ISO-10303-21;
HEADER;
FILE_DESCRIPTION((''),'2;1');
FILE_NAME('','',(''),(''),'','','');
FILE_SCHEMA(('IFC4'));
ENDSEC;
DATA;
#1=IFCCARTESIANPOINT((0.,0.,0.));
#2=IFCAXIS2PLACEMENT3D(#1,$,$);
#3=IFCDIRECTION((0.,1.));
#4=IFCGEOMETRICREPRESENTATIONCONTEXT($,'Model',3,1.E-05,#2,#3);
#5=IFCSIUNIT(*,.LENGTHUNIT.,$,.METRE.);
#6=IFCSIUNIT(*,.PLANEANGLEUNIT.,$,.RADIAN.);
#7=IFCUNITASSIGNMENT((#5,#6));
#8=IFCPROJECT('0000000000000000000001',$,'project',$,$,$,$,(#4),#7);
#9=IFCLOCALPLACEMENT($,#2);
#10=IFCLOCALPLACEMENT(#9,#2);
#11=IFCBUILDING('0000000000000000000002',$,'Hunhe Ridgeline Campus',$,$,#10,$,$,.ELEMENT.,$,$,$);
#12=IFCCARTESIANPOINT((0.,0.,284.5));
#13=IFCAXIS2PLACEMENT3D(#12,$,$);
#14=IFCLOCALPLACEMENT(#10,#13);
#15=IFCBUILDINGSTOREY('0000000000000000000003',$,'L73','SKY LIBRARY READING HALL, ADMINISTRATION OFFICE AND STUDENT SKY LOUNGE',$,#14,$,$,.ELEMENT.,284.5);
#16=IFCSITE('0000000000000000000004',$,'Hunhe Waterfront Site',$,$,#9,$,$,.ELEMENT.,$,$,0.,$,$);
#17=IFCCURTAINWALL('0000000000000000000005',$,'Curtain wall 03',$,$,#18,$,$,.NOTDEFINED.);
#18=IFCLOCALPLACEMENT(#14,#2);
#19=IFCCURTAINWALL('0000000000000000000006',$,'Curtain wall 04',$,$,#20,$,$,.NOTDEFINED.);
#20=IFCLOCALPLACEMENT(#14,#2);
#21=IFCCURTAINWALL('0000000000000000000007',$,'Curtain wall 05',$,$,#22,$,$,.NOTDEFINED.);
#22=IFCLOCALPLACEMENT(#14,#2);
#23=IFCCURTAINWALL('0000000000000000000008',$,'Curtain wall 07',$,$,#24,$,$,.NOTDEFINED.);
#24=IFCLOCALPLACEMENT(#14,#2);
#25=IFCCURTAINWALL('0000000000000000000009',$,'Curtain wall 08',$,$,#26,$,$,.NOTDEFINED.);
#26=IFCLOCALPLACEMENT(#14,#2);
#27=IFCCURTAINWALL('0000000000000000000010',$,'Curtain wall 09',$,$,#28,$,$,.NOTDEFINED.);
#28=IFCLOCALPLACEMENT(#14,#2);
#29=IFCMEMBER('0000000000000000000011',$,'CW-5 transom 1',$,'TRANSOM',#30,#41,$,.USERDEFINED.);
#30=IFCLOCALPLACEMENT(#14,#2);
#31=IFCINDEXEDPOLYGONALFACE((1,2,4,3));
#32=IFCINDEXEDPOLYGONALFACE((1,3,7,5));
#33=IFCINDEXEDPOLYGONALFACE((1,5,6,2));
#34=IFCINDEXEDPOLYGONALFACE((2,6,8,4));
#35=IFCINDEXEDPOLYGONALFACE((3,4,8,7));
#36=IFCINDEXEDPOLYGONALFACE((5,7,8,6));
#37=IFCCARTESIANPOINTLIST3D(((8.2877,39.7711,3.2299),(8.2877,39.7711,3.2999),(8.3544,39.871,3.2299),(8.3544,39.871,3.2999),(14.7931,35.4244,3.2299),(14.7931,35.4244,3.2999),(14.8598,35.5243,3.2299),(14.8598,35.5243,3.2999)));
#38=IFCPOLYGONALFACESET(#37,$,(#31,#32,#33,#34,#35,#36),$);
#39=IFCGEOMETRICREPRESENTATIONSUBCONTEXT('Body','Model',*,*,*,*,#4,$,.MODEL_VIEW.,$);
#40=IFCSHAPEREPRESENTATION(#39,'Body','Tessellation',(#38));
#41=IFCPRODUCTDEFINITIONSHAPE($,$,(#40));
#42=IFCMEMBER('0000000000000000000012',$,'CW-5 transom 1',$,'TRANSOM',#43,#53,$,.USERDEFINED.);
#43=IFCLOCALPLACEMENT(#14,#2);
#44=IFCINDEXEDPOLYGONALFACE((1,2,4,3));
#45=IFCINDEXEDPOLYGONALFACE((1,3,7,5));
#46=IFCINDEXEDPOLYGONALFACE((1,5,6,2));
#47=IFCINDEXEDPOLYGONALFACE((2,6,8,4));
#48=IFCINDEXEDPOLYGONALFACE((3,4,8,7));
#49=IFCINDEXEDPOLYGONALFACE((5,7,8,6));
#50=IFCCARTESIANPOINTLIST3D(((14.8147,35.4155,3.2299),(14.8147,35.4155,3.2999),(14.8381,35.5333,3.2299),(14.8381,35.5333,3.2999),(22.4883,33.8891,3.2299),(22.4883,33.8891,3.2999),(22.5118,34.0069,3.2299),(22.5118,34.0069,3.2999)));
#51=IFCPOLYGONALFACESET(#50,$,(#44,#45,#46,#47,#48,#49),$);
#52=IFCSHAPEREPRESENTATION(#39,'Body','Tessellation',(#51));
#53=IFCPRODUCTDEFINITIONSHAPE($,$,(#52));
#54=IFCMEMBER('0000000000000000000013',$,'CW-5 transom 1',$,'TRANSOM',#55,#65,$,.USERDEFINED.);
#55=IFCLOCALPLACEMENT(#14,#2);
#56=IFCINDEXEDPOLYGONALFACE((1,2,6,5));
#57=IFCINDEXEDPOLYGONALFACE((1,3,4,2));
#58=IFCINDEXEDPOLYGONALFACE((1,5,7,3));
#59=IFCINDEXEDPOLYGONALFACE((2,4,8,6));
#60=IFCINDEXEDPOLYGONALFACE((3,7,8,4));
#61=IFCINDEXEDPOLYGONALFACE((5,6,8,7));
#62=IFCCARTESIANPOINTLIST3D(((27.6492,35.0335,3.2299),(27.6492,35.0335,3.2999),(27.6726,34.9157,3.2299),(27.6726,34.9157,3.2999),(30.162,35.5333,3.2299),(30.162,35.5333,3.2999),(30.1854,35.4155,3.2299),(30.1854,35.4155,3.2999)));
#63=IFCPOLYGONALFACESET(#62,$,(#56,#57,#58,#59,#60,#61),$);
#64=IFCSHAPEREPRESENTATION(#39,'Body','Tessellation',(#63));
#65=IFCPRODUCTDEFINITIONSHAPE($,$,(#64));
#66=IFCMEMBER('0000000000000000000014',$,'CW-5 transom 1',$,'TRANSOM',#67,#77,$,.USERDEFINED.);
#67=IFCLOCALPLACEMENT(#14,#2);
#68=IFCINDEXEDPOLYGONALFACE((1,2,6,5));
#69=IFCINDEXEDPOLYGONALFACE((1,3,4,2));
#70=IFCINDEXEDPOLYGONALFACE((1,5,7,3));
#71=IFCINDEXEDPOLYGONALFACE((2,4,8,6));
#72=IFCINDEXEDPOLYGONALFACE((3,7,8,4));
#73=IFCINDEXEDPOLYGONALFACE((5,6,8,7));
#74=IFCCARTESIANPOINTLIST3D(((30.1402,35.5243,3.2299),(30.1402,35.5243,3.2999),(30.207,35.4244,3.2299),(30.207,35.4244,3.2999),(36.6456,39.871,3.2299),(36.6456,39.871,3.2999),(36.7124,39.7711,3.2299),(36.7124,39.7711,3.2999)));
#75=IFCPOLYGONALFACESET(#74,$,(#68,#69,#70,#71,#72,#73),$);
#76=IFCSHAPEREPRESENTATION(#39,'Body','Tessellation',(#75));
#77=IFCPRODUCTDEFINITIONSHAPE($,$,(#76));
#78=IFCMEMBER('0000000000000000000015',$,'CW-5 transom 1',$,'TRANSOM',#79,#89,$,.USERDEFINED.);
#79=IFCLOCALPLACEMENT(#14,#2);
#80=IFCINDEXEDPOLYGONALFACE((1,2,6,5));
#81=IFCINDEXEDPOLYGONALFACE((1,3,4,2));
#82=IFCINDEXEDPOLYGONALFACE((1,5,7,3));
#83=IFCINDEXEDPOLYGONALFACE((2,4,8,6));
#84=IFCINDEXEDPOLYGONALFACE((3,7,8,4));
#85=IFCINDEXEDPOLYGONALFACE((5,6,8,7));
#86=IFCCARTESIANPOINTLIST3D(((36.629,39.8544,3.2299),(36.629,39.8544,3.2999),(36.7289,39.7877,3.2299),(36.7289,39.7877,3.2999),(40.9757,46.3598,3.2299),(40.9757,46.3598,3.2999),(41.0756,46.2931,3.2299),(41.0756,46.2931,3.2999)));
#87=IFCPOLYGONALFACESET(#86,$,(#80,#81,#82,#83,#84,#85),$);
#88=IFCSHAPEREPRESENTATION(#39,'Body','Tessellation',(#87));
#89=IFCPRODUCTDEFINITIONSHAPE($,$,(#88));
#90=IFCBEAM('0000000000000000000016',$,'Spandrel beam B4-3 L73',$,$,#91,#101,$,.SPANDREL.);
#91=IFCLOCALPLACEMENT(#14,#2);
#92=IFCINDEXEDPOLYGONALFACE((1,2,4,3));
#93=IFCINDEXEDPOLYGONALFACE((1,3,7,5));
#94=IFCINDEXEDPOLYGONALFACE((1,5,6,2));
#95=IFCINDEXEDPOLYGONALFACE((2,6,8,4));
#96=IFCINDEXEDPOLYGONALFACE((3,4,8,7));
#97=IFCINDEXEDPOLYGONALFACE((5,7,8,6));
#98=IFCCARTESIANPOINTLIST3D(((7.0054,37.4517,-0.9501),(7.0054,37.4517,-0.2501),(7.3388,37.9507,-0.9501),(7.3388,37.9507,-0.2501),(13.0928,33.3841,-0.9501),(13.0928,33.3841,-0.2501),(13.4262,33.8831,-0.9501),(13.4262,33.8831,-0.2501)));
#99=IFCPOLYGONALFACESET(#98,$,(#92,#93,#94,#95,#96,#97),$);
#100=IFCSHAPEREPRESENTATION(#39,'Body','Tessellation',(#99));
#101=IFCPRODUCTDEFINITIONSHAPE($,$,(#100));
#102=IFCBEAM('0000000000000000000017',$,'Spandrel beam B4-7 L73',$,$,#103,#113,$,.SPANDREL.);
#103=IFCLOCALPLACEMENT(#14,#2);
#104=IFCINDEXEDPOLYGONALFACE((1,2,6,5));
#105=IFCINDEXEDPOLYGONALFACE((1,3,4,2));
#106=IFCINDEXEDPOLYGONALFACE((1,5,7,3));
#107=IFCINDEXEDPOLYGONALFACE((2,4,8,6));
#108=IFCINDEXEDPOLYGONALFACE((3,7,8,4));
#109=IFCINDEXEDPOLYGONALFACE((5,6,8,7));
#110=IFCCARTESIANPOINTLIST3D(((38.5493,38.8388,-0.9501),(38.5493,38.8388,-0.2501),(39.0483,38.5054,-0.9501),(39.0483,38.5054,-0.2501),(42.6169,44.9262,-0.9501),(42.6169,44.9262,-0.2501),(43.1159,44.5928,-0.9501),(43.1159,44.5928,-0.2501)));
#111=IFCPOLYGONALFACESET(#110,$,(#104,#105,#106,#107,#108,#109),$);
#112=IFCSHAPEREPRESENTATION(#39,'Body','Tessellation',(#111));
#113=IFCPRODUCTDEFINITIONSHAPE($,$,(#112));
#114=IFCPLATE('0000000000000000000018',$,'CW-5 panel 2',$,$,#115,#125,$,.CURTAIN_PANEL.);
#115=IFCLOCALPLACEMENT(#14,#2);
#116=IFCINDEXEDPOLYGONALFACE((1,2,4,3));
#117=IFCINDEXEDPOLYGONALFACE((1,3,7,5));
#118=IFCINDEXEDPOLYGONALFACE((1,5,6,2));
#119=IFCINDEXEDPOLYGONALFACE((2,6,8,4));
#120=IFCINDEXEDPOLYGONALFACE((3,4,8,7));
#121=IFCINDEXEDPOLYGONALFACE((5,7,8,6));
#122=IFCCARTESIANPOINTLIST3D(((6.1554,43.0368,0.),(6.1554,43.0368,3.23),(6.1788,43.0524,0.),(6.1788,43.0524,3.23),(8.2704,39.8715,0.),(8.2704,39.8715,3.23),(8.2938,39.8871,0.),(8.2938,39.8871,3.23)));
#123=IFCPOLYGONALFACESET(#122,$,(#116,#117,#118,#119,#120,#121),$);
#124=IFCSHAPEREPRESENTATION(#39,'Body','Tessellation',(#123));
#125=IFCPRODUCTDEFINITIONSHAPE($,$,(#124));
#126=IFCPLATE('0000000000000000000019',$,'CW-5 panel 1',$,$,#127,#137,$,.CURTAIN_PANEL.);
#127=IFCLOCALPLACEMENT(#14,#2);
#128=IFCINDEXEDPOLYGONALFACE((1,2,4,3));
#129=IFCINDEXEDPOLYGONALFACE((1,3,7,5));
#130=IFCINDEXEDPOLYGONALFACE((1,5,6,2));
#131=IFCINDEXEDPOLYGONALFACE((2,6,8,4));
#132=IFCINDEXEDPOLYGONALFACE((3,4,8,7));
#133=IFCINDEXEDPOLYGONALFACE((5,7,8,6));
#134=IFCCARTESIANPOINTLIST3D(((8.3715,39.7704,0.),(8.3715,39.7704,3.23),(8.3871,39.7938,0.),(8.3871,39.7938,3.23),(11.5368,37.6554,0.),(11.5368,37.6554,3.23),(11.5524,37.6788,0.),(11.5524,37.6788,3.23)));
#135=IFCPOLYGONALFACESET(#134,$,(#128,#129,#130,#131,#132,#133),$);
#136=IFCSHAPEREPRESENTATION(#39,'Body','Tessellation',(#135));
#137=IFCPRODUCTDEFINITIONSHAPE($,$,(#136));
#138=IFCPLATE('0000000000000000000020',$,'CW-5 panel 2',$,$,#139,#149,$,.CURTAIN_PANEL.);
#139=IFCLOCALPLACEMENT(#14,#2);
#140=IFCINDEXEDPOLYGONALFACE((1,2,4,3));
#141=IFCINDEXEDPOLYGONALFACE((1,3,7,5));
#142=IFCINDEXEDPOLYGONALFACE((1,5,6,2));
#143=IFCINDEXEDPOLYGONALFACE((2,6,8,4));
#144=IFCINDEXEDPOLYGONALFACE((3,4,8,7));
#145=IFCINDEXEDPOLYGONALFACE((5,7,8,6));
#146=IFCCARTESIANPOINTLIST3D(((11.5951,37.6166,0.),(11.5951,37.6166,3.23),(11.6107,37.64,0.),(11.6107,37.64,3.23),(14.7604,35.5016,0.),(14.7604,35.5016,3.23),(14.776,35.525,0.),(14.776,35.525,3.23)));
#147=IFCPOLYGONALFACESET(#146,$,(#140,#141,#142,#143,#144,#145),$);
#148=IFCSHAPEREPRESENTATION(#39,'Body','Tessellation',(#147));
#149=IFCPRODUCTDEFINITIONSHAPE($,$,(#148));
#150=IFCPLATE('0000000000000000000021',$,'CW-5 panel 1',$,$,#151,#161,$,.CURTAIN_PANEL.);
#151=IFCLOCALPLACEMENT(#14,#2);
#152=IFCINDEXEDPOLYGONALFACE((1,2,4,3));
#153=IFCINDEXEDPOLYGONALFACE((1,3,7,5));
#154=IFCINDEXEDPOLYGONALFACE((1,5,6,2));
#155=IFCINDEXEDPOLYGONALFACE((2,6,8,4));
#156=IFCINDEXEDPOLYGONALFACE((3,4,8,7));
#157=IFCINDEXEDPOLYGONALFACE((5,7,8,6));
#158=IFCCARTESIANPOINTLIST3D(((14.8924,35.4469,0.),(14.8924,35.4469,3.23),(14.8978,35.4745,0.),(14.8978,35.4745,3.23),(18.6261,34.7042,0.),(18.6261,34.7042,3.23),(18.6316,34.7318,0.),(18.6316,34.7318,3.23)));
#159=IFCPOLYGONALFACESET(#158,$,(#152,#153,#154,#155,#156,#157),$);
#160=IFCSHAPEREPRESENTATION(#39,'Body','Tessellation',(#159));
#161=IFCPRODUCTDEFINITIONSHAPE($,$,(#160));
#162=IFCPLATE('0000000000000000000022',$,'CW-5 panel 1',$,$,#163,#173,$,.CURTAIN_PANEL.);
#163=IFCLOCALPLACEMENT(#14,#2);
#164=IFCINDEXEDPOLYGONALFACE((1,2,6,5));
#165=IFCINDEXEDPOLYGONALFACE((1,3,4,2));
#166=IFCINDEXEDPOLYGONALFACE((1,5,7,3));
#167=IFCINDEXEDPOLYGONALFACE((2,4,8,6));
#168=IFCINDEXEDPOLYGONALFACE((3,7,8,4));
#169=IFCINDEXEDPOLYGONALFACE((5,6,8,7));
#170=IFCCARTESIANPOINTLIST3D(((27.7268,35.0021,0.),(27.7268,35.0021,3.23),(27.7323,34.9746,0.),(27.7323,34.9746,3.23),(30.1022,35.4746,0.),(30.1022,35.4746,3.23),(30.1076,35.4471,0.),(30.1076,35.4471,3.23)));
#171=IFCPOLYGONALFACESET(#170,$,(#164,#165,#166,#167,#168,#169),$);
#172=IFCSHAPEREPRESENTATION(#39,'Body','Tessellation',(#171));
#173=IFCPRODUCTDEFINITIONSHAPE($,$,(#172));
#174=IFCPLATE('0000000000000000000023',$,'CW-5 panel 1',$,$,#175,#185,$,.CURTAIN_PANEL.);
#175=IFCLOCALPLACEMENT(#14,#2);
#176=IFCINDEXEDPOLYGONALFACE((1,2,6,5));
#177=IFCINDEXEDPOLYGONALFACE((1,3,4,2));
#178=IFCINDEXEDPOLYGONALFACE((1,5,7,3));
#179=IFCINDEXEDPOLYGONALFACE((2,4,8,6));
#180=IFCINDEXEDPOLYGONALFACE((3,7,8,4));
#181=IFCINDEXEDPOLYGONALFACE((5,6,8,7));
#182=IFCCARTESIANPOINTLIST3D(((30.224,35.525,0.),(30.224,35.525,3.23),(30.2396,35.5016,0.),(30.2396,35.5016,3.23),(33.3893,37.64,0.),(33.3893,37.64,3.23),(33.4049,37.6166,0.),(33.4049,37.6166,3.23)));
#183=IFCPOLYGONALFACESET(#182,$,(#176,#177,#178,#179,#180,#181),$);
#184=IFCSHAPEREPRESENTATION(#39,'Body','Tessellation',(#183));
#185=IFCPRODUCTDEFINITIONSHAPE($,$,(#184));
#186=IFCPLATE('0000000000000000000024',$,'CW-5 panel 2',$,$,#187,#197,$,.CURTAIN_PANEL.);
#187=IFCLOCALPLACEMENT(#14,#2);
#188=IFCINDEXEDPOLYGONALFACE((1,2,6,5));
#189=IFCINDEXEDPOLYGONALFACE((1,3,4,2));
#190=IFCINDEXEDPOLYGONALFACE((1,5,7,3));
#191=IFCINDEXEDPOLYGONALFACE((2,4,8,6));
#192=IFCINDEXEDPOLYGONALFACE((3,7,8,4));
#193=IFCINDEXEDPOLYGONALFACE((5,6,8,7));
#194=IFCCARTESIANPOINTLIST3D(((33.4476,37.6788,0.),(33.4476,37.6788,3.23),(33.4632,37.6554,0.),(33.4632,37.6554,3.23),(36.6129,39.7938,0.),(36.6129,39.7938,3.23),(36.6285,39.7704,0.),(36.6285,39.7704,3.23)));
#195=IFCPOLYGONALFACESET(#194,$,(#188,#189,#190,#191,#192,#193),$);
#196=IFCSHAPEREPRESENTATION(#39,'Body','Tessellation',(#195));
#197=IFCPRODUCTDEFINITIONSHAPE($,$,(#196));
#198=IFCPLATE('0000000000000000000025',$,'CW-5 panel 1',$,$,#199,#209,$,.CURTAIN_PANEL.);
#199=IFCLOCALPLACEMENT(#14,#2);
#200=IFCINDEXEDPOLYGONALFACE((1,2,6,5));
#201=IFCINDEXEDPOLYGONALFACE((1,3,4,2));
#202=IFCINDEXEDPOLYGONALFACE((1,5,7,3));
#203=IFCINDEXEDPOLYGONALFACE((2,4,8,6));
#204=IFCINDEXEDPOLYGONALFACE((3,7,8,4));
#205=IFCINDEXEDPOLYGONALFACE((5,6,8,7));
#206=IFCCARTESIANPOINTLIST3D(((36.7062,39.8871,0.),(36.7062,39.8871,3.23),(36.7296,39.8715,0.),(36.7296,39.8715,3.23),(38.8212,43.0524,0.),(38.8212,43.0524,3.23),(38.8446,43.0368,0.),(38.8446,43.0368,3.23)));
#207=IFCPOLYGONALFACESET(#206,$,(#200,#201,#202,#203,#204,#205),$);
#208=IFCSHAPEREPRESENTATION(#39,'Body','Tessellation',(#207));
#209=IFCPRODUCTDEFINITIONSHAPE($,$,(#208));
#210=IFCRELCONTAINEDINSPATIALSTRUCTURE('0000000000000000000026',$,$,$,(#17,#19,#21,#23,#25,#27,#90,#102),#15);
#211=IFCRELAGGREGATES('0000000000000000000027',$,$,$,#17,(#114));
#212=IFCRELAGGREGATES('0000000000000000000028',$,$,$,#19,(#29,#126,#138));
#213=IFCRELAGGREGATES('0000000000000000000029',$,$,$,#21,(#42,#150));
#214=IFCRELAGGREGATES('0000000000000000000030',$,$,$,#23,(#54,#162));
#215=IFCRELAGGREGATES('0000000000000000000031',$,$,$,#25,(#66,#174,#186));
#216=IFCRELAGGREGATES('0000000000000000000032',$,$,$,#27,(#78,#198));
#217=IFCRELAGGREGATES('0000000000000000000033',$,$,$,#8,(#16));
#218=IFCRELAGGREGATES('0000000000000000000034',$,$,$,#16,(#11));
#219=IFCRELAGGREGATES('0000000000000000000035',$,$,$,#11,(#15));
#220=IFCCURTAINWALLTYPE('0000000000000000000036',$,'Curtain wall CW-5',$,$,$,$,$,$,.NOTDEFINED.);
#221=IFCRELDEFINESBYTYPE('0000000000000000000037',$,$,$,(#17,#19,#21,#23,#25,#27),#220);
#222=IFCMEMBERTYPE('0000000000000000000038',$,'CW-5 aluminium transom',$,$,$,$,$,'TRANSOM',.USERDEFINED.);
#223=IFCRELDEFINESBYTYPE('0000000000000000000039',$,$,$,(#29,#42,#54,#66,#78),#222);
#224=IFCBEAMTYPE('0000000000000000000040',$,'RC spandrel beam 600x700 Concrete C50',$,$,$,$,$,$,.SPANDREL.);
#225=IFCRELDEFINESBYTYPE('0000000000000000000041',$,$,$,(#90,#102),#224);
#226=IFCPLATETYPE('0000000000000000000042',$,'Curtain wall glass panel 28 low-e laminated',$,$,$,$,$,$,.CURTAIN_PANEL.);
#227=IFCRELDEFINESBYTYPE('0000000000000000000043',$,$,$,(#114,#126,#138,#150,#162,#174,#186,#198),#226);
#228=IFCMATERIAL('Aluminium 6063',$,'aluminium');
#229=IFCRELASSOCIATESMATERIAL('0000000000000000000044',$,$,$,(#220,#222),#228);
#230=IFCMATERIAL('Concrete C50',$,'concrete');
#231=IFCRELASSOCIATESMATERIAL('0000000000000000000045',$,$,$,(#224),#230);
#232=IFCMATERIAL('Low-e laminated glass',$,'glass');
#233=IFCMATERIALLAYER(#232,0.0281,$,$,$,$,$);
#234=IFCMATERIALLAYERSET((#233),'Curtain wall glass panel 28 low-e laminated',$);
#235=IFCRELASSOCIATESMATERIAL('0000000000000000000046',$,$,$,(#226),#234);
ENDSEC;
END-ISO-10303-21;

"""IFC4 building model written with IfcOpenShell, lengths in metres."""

from ifc_helpers import new_model, si_unit, direction, frame, origin, origin_2d, place, context, subcontext, project, spatial, rectangle, extrude, material, layer, layer_set, material_profile, profile_set, type_object, element, aggregate, save


model = new_model("IFC4")

# Units and contexts
model_context = context("Model", 3, precision=1e-05, world=origin(), true_north=direction((0.0, 1.0)))
body_context = subcontext(model_context, "Body", "Model", "MODEL_VIEW")
ifc_project = project(units=[si_unit("LENGTHUNIT", "METRE"), si_unit("PLANEANGLEUNIT", "RADIAN")], contexts=[model_context])

# Site, building, storey
site_placement = place(None, origin())
site = spatial("IfcSite", under=ifc_project, at=site_placement, Name="Hunhe Waterfront Site", CompositionType="ELEMENT", RefElevation=0.0)
building_placement = place(site_placement, origin())
building = spatial("IfcBuilding", under=site, at=building_placement, Name="Hunhe Ridgeline Campus", CompositionType="ELEMENT")
storey_placement = place(building_placement, frame((0.0, 0.0, 284.5)))
storey = spatial("IfcBuildingStorey", under=building, at=storey_placement, Name="L73", Description="SKY LIBRARY READING HALL, ADMINISTRATION OFFICE AND STUDENT SKY LOUNGE", CompositionType="ELEMENT", Elevation=284.5)

# Shared definitions
ifc_material_1 = material(Name="Concrete C50", Category="concrete")

# Curtain walls
ifc_material_2 = material(Name="Aluminium 6063", Category="aluminium")
curtain_wall_type = type_object("IfcCurtainWallType", Name="Curtain wall CW-5", PredefinedType="NOTDEFINED", material=ifc_material_2)
curtain_wall_1_placement = place(storey_placement, origin())
curtain_wall_1 = element("IfcCurtainWall", 1, at=curtain_wall_1_placement, inside=storey, type_object=curtain_wall_type, Name="Curtain wall 03", PredefinedType="NOTDEFINED")
curtain_wall_2_placement = place(storey_placement, origin())
curtain_wall_2 = element("IfcCurtainWall", 2, at=curtain_wall_2_placement, inside=storey, type_object=curtain_wall_type, Name="Curtain wall 04", PredefinedType="NOTDEFINED")
curtain_wall_3_placement = place(storey_placement, origin())
curtain_wall_3 = element("IfcCurtainWall", 3, at=curtain_wall_3_placement, inside=storey, type_object=curtain_wall_type, Name="Curtain wall 05", PredefinedType="NOTDEFINED")
curtain_wall_4_placement = place(storey_placement, origin())
curtain_wall_4 = element("IfcCurtainWall", 4, at=curtain_wall_4_placement, inside=storey, type_object=curtain_wall_type, Name="Curtain wall 07", PredefinedType="NOTDEFINED")
curtain_wall_5_placement = place(storey_placement, origin())
curtain_wall_5 = element("IfcCurtainWall", 5, at=curtain_wall_5_placement, inside=storey, type_object=curtain_wall_type, Name="Curtain wall 08", PredefinedType="NOTDEFINED")

# Curtain wall
curtain_wall_6_placement = place(storey_placement, origin())
curtain_wall_6 = element("IfcCurtainWall", 6, at=curtain_wall_6_placement, inside=storey, type_object=curtain_wall_type, Name="Curtain wall 09", PredefinedType="NOTDEFINED")

# Members
ifc_material_profile_1 = material_profile(ifc_material_2, rectangle(XDim=0.1201, YDim=0.0701, at=origin_2d()))
ifc_profile_set_1 = profile_set([ifc_material_profile_1], Name="Aluminium 6063")
member_type_1 = type_object("IfcMemberType", Name="CW-5 aluminium transom", ElementType="TRANSOM", PredefinedType="USERDEFINED", material=ifc_profile_set_1)
member_1_placement = place(storey_placement, frame((8.321, 39.821, 3.2649), z_axis=(0.831474, -0.555564, 0.0), x_axis=(0.555564, 0.831474, 0.0)))
member_1 = element("IfcMember", 7, at=member_1_placement, type_object=member_type_1, Name="CW-5 transom 1", ObjectType="TRANSOM", PredefinedType="USERDEFINED", context=body_context, shape_type="SweptSolid", body=[
    extrude(rectangle(XDim=0.1201, YDim=0.0701, at=origin_2d()), origin(), (0.0, 0.0, 1.0), 7.824),
])
member_2_placement = place(storey_placement, frame((14.8264, 35.4744, 3.2649), z_axis=(0.980785, -0.19509, 0.0), x_axis=(0.19509, 0.980785, 0.0)))
member_2 = element("IfcMember", 8, at=member_2_placement, type_object=member_type_1, Name="CW-5 transom 1", ObjectType="TRANSOM", PredefinedType="USERDEFINED", context=body_context, shape_type="SweptSolid", body=[
    extrude(rectangle(XDim=0.1201, YDim=0.0701, at=origin_2d()), origin(), (0.0, 0.0, 1.0), 7.824),
])
member_3_placement = place(storey_placement, frame((27.6609, 34.9746, 3.2649), z_axis=(0.980789, 0.195071, 0.0), x_axis=(-0.195071, 0.980789, 0.0)))
member_3 = element("IfcMember", 9, at=member_3_placement, type_object=member_type_1, Name="CW-5 transom 1", ObjectType="TRANSOM", PredefinedType="USERDEFINED", context=body_context, shape_type="SweptSolid", body=[
    extrude(rectangle(XDim=0.1201, YDim=0.0701, at=origin_2d()), origin(), (0.0, 0.0, 1.0), 2.562),
])
member_4_placement = place(storey_placement, frame((30.1736, 35.4744, 3.2649), z_axis=(0.831474, 0.555564, 0.0), x_axis=(-0.555564, 0.831474, 0.0)))
member_4 = element("IfcMember", 10, at=member_4_placement, type_object=member_type_1, Name="CW-5 transom 1", ObjectType="TRANSOM", PredefinedType="USERDEFINED", context=body_context, shape_type="SweptSolid", body=[
    extrude(rectangle(XDim=0.1201, YDim=0.0701, at=origin_2d()), origin(), (0.0, 0.0, 1.0), 7.824),
])
member_5_placement = place(storey_placement, frame((36.679, 39.821, 3.2649), z_axis=(0.555564, 0.831474, 0.0), x_axis=(-0.831474, 0.555564, 0.0)))
member_5 = element("IfcMember", 11, at=member_5_placement, type_object=member_type_1, Name="CW-5 transom 1", ObjectType="TRANSOM", PredefinedType="USERDEFINED", context=body_context, shape_type="SweptSolid", body=[
    extrude(rectangle(XDim=0.1201, YDim=0.0701, at=origin_2d()), origin(), (0.0, 0.0, 1.0), 7.824),
])

# Beams
ifc_material_profile_2 = material_profile(ifc_material_1, rectangle(XDim=0.6001, YDim=0.7, at=origin_2d()))
ifc_profile_set_2 = profile_set([ifc_material_profile_2], Name="Concrete C50")
beam_type = type_object("IfcBeamType", Name="RC spandrel beam 600x700 Concrete C50", PredefinedType="SPANDREL", material=ifc_profile_set_2)
for number, where, z_axis, x_axis, name in (
    (12, (7.1721, 37.7012, -0.6001), (0.83146, -0.555585, 0.0), (0.555585, 0.83146, 0.0), "Spandrel beam B4-3 L73"),
    (13, (38.7988, 38.6721, -0.6001), (0.555585, 0.83146, 0.0), (-0.83146, 0.555585, 0.0), "Spandrel beam B4-7 L73"),
):
    element("IfcBeam", number, at=place(storey_placement, frame(where, z_axis=z_axis, x_axis=x_axis)), inside=storey, type_object=beam_type, Name=name, PredefinedType="SPANDREL", context=body_context, shape_type="SweptSolid", body=[
        extrude(rectangle(XDim=0.6001, YDim=0.7, at=origin_2d()), origin(), (0.0, 0.0, 1.0), 7.3213),
    ])

# Plates
ifc_material_3 = material(Name="Low-e laminated glass", Category="glass")
ifc_layer_1 = layer(ifc_material_3, 0.0281)
ifc_layer_set_1 = layer_set([ifc_layer_1], Name="Curtain wall glass panel 28 low-e laminated")
plate_type = type_object("IfcPlateType", Name="Curtain wall glass panel 28 low-e laminated", PredefinedType="CURTAIN_PANEL", material=ifc_layer_set_1)
plate_1_placement = place(storey_placement, frame((7.2246, 41.4619, 0.0), z_axis=(0.0, 0.0, 1.0), x_axis=(0.55557, -0.83147, 0.0)))
plate_1 = element("IfcPlate", 14, at=plate_1_placement, type_object=plate_type, Name="CW-5 panel 2", PredefinedType="CURTAIN_PANEL", context=body_context, shape_type="SweptSolid", body=[
    extrude(rectangle(XDim=3.8069, YDim=0.0281, at=origin_2d()), origin(), (0.0, 0.0, 1.0), 3.23),
])
aggregate(curtain_wall_1, [plate_1])
plate_2_placement = place(storey_placement, frame((9.9619, 38.7246, 0.0), z_axis=(0.0, 0.0, 1.0), x_axis=(0.83147, -0.55557, 0.0)))
plate_2 = element("IfcPlate", 15, at=plate_2_placement, type_object=plate_type, Name="CW-5 panel 1", PredefinedType="CURTAIN_PANEL", context=body_context, shape_type="SweptSolid", body=[
    extrude(rectangle(XDim=3.8069, YDim=0.0281, at=origin_2d()), origin(), (0.0, 0.0, 1.0), 3.23),
])
plate_3_placement = place(storey_placement, frame((13.1855, 36.5708, 0.0), z_axis=(0.0, 0.0, 1.0), x_axis=(0.83147, -0.55557, 0.0)))
plate_3 = element("IfcPlate", 16, at=plate_3_placement, type_object=plate_type, Name="CW-5 panel 2", PredefinedType="CURTAIN_PANEL", context=body_context, shape_type="SweptSolid", body=[
    extrude(rectangle(XDim=3.8069, YDim=0.0281, at=origin_2d()), origin(), (0.0, 0.0, 1.0), 3.23),
])
aggregate(curtain_wall_2, [member_1, plate_2, plate_3])
plate_4_placement = place(storey_placement, frame((16.762, 35.0894, 0.0), z_axis=(0.0, 0.0, 1.0), x_axis=(0.980785, -0.19509, 0.0)))
plate_4 = element("IfcPlate", 17, at=plate_4_placement, type_object=plate_type, Name="CW-5 panel 1", PredefinedType="CURTAIN_PANEL", context=body_context, shape_type="SweptSolid", body=[
    extrude(rectangle(XDim=3.8069, YDim=0.0281, at=origin_2d()), origin(), (0.0, 0.0, 1.0), 3.23),
])
aggregate(curtain_wall_3, [member_2, plate_4])
plate_5_placement = place(storey_placement, frame((28.9172, 35.2246, 0.0), z_axis=(0.0, 0.0, 1.0), x_axis=(0.980785, 0.195091, 0.0)))
plate_5 = element("IfcPlate", 18, at=plate_5_placement, type_object=plate_type, Name="CW-5 panel 1", PredefinedType="CURTAIN_PANEL", context=body_context, shape_type="SweptSolid", body=[
    extrude(rectangle(XDim=2.4219, YDim=0.0281, at=origin_2d()), origin(), (0.0, 0.0, 1.0), 3.23),
])
aggregate(curtain_wall_4, [member_3, plate_5])
plate_6_placement = place(storey_placement, frame((31.8145, 36.5708, 0.0), z_axis=(0.0, 0.0, 1.0), x_axis=(0.83147, 0.55557, 0.0)))
plate_6 = element("IfcPlate", 19, at=plate_6_placement, type_object=plate_type, Name="CW-5 panel 1", PredefinedType="CURTAIN_PANEL", context=body_context, shape_type="SweptSolid", body=[
    extrude(rectangle(XDim=3.8069, YDim=0.0281, at=origin_2d()), origin(), (0.0, 0.0, 1.0), 3.23),
])
plate_7_placement = place(storey_placement, frame((35.0381, 38.7246, 0.0), z_axis=(0.0, 0.0, 1.0), x_axis=(0.83147, 0.55557, 0.0)))
plate_7 = element("IfcPlate", 20, at=plate_7_placement, type_object=plate_type, Name="CW-5 panel 2", PredefinedType="CURTAIN_PANEL", context=body_context, shape_type="SweptSolid", body=[
    extrude(rectangle(XDim=3.8069, YDim=0.0281, at=origin_2d()), origin(), (0.0, 0.0, 1.0), 3.23),
])
aggregate(curtain_wall_5, [member_4, plate_6, plate_7])
plate_8_placement = place(storey_placement, frame((37.7754, 41.4619, 0.0), z_axis=(0.0, 0.0, 1.0), x_axis=(0.55557, 0.83147, 0.0)))
plate_8 = element("IfcPlate", 21, at=plate_8_placement, type_object=plate_type, Name="CW-5 panel 1", PredefinedType="CURTAIN_PANEL", context=body_context, shape_type="SweptSolid", body=[
    extrude(rectangle(XDim=3.8069, YDim=0.0281, at=origin_2d()), origin(), (0.0, 0.0, 1.0), 3.23),
])
aggregate(curtain_wall_6, [member_5, plate_8])

save(model, "model.ifc")
